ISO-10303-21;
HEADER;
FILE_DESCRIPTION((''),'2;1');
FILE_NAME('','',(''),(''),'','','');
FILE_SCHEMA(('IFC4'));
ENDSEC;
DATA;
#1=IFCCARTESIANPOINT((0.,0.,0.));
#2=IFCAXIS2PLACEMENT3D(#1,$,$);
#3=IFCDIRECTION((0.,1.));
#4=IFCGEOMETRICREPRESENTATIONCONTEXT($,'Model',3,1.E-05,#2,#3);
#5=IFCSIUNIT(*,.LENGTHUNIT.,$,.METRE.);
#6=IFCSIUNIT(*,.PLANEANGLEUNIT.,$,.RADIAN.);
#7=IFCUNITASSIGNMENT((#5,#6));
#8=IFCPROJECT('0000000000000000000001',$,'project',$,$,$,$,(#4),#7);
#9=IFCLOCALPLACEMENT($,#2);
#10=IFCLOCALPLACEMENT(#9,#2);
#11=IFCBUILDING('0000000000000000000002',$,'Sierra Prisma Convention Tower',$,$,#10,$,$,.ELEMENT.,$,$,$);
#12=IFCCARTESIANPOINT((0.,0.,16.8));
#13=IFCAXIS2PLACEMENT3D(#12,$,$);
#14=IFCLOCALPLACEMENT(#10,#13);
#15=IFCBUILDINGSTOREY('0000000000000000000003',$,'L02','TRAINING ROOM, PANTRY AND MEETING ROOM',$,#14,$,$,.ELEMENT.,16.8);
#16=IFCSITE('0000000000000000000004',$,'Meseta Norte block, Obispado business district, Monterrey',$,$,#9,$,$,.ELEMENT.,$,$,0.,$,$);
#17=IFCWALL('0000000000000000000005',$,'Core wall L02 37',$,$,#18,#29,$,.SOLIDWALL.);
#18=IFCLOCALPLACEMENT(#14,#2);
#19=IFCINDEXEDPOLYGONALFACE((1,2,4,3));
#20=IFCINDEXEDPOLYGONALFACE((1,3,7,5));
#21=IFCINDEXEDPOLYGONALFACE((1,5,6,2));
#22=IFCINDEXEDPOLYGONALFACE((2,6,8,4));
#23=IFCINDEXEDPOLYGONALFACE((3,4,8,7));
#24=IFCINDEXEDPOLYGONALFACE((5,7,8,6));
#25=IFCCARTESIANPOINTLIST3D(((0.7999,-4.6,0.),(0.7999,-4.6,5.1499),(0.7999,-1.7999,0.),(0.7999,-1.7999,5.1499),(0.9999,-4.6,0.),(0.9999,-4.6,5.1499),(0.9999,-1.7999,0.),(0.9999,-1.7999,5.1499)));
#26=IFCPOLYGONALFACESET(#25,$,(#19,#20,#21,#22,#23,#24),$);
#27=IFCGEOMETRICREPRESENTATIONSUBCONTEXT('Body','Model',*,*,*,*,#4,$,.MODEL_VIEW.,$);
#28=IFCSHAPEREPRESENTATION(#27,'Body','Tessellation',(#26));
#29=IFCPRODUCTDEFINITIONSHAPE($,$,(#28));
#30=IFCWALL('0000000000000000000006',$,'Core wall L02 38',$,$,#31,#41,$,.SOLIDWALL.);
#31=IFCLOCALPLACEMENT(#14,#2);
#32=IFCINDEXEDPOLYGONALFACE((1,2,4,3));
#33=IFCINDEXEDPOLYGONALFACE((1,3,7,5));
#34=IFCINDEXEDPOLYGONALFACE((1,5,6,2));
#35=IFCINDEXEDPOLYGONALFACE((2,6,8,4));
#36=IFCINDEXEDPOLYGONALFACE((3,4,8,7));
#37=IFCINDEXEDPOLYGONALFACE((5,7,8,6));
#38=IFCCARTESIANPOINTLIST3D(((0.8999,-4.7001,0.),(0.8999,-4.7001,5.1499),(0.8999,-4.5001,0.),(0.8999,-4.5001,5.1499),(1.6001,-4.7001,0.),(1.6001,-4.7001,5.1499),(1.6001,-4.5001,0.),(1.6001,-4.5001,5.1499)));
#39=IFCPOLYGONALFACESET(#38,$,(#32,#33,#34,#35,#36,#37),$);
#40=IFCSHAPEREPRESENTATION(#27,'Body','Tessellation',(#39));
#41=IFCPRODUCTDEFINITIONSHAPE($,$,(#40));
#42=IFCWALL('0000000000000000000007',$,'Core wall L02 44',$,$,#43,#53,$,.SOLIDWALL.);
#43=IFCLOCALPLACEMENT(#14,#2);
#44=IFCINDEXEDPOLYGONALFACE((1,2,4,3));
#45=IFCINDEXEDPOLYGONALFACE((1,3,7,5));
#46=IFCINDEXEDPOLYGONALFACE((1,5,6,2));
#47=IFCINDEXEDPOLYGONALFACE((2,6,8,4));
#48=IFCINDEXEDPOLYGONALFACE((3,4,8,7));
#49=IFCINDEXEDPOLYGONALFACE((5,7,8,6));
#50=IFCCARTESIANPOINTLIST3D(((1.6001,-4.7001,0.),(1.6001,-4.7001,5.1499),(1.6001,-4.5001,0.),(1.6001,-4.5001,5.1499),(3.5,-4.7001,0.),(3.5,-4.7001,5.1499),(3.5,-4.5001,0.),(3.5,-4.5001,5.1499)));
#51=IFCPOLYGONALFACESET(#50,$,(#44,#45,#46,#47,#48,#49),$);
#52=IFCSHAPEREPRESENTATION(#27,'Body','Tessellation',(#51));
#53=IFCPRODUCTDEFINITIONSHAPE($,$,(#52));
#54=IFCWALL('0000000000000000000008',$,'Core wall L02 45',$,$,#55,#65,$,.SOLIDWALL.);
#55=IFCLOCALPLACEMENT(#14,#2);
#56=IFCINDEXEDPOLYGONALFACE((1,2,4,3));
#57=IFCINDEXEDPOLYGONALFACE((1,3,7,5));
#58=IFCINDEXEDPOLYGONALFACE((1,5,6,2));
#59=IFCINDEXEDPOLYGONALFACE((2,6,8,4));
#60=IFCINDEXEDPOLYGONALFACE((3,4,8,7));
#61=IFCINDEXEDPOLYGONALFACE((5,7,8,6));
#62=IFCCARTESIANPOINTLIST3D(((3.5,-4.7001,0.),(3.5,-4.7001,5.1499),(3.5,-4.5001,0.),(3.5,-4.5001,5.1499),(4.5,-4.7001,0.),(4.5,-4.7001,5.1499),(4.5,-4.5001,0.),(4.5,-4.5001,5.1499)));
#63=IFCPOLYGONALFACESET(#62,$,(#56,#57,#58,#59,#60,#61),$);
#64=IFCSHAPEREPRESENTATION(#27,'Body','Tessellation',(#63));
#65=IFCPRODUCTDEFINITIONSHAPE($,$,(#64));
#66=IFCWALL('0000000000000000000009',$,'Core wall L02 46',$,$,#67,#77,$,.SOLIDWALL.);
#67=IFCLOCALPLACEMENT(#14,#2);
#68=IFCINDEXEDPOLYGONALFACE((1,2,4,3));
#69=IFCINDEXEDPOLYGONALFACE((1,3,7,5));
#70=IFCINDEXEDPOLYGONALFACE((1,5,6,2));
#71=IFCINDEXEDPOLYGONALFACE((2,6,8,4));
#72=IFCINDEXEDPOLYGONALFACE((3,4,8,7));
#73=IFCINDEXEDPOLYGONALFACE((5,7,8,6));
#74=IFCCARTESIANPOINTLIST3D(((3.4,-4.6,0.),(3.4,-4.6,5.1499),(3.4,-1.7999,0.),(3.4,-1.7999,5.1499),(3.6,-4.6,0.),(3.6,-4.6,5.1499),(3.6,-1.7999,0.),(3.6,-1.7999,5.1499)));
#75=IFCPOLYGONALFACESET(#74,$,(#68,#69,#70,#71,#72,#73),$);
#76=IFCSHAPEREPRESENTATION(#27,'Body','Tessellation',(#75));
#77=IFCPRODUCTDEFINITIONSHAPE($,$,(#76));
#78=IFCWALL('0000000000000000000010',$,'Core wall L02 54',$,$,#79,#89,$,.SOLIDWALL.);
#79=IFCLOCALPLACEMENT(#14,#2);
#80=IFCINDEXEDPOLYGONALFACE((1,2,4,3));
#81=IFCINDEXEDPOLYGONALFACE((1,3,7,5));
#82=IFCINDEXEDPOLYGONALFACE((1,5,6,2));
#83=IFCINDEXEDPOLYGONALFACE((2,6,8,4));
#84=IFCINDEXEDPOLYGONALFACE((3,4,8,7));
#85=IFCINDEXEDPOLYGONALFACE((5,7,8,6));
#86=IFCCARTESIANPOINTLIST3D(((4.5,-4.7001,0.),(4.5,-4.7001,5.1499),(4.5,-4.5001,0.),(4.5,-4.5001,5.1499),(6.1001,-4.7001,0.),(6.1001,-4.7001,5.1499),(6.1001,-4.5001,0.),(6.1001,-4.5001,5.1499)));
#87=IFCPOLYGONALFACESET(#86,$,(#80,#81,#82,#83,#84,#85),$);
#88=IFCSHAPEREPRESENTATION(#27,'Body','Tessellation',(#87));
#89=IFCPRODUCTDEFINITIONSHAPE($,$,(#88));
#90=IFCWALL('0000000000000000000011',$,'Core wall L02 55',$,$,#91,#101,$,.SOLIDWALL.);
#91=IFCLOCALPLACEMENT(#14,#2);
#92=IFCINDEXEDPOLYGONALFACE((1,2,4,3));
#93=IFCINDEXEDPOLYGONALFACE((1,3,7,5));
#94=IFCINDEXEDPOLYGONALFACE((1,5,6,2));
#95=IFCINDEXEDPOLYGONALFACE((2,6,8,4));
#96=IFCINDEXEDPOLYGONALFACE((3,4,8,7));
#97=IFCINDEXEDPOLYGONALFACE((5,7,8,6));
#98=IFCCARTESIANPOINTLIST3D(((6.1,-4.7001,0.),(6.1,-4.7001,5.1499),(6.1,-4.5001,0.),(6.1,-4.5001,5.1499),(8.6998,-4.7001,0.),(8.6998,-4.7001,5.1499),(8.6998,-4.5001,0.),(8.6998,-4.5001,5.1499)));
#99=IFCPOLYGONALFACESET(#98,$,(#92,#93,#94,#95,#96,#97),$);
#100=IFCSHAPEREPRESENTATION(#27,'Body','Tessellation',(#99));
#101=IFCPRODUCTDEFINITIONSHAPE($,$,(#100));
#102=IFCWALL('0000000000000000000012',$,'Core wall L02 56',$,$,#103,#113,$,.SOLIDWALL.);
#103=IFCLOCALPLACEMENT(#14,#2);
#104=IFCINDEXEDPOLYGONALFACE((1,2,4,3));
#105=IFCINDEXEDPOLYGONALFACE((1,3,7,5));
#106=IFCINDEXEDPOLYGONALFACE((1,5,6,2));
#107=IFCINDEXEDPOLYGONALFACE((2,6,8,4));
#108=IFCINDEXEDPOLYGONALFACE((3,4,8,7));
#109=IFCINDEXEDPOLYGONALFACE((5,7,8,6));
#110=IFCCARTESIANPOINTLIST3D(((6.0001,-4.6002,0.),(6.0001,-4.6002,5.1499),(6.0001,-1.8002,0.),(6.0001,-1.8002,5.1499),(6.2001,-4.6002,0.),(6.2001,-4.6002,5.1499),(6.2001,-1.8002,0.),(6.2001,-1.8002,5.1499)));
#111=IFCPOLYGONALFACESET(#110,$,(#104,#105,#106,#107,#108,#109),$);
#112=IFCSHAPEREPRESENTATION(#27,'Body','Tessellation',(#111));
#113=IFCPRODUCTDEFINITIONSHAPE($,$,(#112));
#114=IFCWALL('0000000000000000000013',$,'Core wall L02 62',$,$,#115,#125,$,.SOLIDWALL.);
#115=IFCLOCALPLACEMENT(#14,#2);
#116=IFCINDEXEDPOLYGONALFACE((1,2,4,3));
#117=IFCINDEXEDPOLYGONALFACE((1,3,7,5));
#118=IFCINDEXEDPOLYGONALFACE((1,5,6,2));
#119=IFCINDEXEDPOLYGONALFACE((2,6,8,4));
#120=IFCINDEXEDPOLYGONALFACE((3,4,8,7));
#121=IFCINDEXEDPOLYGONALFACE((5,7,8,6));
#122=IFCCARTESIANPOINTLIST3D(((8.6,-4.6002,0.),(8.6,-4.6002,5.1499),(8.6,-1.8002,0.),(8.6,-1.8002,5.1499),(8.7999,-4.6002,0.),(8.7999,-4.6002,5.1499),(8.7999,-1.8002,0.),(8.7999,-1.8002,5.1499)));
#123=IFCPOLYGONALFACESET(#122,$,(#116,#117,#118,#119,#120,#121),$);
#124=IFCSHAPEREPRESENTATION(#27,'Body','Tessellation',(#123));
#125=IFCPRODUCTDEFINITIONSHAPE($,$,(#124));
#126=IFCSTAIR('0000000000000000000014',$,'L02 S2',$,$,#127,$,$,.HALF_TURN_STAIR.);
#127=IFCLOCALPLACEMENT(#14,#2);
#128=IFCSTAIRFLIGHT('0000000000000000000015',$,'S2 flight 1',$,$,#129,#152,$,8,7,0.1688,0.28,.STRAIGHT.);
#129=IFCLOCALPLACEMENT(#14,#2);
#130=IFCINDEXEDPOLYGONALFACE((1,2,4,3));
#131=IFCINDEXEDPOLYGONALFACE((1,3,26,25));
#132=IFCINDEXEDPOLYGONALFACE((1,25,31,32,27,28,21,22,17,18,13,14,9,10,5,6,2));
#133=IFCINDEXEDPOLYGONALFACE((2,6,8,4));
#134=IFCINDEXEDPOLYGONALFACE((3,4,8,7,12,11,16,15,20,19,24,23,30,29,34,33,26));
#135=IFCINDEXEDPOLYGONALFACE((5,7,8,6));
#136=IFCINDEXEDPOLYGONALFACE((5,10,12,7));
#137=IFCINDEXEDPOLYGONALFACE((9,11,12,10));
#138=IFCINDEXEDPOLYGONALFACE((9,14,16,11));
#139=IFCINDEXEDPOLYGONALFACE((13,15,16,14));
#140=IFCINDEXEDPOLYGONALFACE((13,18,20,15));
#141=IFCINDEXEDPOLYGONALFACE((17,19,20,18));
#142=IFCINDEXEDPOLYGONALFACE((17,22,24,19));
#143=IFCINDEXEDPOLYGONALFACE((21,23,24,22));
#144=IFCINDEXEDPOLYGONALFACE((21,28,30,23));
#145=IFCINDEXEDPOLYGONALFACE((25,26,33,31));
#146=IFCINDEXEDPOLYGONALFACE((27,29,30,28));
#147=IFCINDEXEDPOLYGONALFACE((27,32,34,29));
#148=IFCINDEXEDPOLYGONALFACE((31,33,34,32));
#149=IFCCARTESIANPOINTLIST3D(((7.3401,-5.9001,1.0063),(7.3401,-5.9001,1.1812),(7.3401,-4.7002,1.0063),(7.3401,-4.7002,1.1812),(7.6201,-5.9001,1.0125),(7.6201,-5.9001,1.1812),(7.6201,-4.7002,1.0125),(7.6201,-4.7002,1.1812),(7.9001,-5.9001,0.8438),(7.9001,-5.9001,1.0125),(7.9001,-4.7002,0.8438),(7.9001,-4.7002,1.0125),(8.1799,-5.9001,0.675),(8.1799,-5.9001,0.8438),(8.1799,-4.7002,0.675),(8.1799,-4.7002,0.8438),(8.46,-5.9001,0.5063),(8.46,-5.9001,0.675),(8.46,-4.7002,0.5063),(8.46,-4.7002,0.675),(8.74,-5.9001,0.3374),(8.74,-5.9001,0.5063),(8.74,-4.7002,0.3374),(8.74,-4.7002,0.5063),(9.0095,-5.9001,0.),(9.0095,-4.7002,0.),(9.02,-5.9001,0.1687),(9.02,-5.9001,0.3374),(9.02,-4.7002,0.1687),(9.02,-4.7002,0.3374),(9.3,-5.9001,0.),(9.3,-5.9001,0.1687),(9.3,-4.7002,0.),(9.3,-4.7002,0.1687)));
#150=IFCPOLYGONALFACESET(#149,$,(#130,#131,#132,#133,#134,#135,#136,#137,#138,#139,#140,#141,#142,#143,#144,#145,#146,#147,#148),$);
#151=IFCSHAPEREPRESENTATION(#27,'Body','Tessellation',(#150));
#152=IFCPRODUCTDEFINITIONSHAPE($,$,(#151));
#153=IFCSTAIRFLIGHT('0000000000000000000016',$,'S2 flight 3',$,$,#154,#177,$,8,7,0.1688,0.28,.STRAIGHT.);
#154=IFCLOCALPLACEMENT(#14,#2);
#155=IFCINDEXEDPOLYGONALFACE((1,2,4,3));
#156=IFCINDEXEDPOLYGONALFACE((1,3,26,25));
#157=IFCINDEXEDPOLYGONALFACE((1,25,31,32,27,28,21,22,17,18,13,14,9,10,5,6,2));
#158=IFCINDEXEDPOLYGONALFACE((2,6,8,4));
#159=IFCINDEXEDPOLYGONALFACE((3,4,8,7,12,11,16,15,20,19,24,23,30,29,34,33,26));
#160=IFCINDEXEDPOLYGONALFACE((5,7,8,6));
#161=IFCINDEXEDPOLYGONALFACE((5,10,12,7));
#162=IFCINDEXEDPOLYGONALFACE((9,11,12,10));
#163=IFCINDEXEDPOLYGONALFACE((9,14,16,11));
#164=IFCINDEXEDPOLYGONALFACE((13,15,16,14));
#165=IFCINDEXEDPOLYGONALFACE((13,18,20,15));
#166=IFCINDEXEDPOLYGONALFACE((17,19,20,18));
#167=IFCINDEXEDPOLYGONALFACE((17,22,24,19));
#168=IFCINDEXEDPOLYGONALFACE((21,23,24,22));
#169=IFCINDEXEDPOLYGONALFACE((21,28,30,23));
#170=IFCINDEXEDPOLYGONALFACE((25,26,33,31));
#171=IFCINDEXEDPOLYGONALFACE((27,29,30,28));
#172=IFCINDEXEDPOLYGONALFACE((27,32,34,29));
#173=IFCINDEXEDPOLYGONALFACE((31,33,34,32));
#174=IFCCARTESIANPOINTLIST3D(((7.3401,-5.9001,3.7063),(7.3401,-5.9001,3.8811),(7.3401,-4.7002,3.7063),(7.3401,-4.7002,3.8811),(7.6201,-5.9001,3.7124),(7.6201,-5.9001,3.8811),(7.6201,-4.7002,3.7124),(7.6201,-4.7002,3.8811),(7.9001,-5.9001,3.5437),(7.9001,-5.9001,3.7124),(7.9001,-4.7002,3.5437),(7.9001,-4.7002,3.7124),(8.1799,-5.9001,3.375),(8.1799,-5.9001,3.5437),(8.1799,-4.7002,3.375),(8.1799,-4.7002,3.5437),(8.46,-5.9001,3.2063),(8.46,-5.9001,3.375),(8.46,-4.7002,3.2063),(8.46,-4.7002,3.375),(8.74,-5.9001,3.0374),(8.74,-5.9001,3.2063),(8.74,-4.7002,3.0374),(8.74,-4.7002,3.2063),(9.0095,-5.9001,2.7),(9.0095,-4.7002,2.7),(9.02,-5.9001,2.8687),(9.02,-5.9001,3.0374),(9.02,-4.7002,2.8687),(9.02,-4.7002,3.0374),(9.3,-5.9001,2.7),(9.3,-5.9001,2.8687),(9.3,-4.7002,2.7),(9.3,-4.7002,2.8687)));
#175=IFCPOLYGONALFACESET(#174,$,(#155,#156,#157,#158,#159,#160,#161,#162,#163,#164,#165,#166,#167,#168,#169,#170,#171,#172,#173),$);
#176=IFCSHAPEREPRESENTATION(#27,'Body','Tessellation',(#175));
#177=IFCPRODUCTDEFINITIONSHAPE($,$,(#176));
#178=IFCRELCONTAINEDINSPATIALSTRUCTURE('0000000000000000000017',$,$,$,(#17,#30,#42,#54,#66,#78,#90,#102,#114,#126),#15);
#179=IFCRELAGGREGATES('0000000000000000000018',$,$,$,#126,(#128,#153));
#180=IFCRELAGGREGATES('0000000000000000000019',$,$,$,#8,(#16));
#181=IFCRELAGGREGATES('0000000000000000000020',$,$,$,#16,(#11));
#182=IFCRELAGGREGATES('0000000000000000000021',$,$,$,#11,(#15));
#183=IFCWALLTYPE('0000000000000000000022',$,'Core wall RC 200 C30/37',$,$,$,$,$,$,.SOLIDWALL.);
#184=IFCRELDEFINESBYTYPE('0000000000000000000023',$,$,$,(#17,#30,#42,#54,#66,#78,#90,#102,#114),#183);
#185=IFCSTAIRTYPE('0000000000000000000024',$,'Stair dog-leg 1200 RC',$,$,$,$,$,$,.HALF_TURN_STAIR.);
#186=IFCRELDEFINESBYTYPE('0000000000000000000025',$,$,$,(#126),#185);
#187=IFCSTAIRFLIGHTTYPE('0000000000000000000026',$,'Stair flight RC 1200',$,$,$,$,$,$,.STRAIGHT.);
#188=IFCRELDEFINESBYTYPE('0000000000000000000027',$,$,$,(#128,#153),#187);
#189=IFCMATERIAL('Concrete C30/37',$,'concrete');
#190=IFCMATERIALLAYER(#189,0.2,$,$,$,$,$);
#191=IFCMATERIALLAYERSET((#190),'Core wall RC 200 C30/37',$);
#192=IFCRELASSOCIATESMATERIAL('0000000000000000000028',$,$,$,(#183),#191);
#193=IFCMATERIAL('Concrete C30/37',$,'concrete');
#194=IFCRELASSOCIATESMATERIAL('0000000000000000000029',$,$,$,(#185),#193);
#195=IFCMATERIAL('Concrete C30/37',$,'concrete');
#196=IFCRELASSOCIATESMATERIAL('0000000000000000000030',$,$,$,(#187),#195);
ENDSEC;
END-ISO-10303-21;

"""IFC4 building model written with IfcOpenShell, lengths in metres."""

from ifc_helpers import new_model, si_unit, direction, frame, frame_2d, origin, place, context, subcontext, project, spatial, polyline, rectangle, outline, extrude, material, layer, layer_set, type_object, element, aggregate, save


model = new_model("IFC4")

# Units and contexts
model_context = context("Model", 3, precision=1e-05, world=origin(), true_north=direction((0.0, 1.0)))
body_context = subcontext(model_context, "Body", "Model", "MODEL_VIEW")
ifc_project = project(units=[si_unit("LENGTHUNIT", "METRE"), si_unit("PLANEANGLEUNIT", "RADIAN")], contexts=[model_context])

# Site, building, storey
site_placement = place(None, origin())
site = spatial("IfcSite", under=ifc_project, at=site_placement, Name="Meseta Norte block, Obispado business district, Monterrey", CompositionType="ELEMENT", RefElevation=0.0)
building_placement = place(site_placement, origin())
building = spatial("IfcBuilding", under=site, at=building_placement, Name="Sierra Prisma Convention Tower", CompositionType="ELEMENT")
storey_placement = place(building_placement, frame((0.0, 0.0, 16.8)))
storey = spatial("IfcBuildingStorey", under=building, at=storey_placement, Name="L02", Description="TRAINING ROOM, PANTRY AND MEETING ROOM", CompositionType="ELEMENT", Elevation=16.8)

# Shared definitions
ifc_material_1 = material(Name="Concrete C30/37", Category="concrete")
ifc_layer = layer(ifc_material_1, 0.2)
ifc_layer_set = layer_set([ifc_layer], Name="Core wall RC 200 C30/37")
wall_type = type_object("IfcWallType", Name="Core wall RC 200 C30/37", PredefinedType="SOLIDWALL", material=ifc_layer_set)

# Walls
wall_1_placement = place(storey_placement, frame((0.8999, -1.8, 0.0), z_axis=(0.0, 0.0, 1.0), x_axis=(0.0, -1.0, 0.0)))
element("IfcWall", 1, at=wall_1_placement, inside=storey, type_object=wall_type, Name="Core wall L02 37", PredefinedType="SOLIDWALL", context=body_context, shape_type="SweptSolid", body=[
    extrude(rectangle(XDim=2.8, YDim=0.2, at=frame_2d((1.3999, 0.0))), origin(), (0.0, 0.0, 1.0), 5.1499),
])
wall_2_placement = place(storey_placement, frame((0.8999, -4.6001, 0.0), z_axis=(0.0, 0.0, 1.0), x_axis=(1.0, 0.0, 0.0)))
element("IfcWall", 2, at=wall_2_placement, inside=storey, type_object=wall_type, Name="Core wall L02 38", PredefinedType="SOLIDWALL", context=body_context, shape_type="SweptSolid", body=[
    extrude(rectangle(XDim=0.7002, YDim=0.2, at=frame_2d((0.3501, 0.0))), origin(), (0.0, 0.0, 1.0), 5.1499),
])

# Walls
wall_3_placement = place(storey_placement, frame((3.5, -4.6001, 0.0), z_axis=(0.0, 0.0, 1.0), x_axis=(-1.0, 0.0, 0.0)))
element("IfcWall", 3, at=wall_3_placement, inside=storey, type_object=wall_type, Name="Core wall L02 44", PredefinedType="SOLIDWALL", context=body_context, shape_type="SweptSolid", body=[
    extrude(rectangle(XDim=1.8999, YDim=0.2, at=frame_2d((0.95, 0.0))), origin(), (0.0, 0.0, 1.0), 5.1499),
])
wall_4_placement = place(storey_placement, frame((3.5, -4.6001, 0.0), z_axis=(0.0, 0.0, 1.0), x_axis=(1.0, 0.0, 0.0)))
element("IfcWall", 4, at=wall_4_placement, inside=storey, type_object=wall_type, Name="Core wall L02 45", PredefinedType="SOLIDWALL", context=body_context, shape_type="SweptSolid", body=[
    extrude(rectangle(XDim=1.0, YDim=0.2, at=frame_2d((0.5, 0.0))), origin(), (0.0, 0.0, 1.0), 5.1499),
])
wall_5_placement = place(storey_placement, frame((3.5, -1.8, 0.0), z_axis=(0.0, 0.0, 1.0), x_axis=(0.0, -1.0, 0.0)))
element("IfcWall", 5, at=wall_5_placement, inside=storey, type_object=wall_type, Name="Core wall L02 46", PredefinedType="SOLIDWALL", context=body_context, shape_type="SweptSolid", body=[
    extrude(rectangle(XDim=2.8, YDim=0.2, at=frame_2d((1.3999, 0.0))), origin(), (0.0, 0.0, 1.0), 5.1499),
])

# Walls
wall_6_placement = place(storey_placement, frame((4.5, -4.6001, 0.0), z_axis=(0.0, 0.0, 1.0), x_axis=(1.0, 0.0, 0.0)))
element("IfcWall", 6, at=wall_6_placement, inside=storey, type_object=wall_type, Name="Core wall L02 54", PredefinedType="SOLIDWALL", context=body_context, shape_type="SweptSolid", body=[
    extrude(rectangle(XDim=1.6001, YDim=0.2, at=frame_2d((0.8, 0.0))), origin(), (0.0, 0.0, 1.0), 5.1499),
])
wall_7_placement = place(storey_placement, frame((6.1001, -4.6001, 0.0), z_axis=(0.0, 0.0, 1.0), x_axis=(1.0, 0.0, 0.0)))
element("IfcWall", 7, at=wall_7_placement, inside=storey, type_object=wall_type, Name="Core wall L02 55", PredefinedType="SOLIDWALL", context=body_context, shape_type="SweptSolid", body=[
    extrude(rectangle(XDim=2.5999, YDim=0.2, at=frame_2d((1.2998, 0.0))), origin(), (0.0, 0.0, 1.0), 5.1499),
])
wall_8_placement = place(storey_placement, frame((6.1001, -4.6001, 0.0), z_axis=(0.0, 0.0, 1.0), x_axis=(0.0, 1.0, 0.0)))
element("IfcWall", 8, at=wall_8_placement, inside=storey, type_object=wall_type, Name="Core wall L02 56", PredefinedType="SOLIDWALL", context=body_context, shape_type="SweptSolid", body=[
    extrude(rectangle(XDim=2.8, YDim=0.2, at=frame_2d((1.3999, 0.0))), origin(), (0.0, 0.0, 1.0), 5.1499),
])

# Wall
wall_9_placement = place(storey_placement, frame((8.7, -4.6001, 0.0), z_axis=(0.0, 0.0, 1.0), x_axis=(0.0, 1.0, 0.0)))
element("IfcWall", 9, at=wall_9_placement, inside=storey, type_object=wall_type, Name="Core wall L02 62", PredefinedType="SOLIDWALL", context=body_context, shape_type="SweptSolid", body=[
    extrude(rectangle(XDim=2.8, YDim=0.2, at=frame_2d((1.3999, 0.0))), origin(), (0.0, 0.0, 1.0), 5.1499),
])

# Stair, stair flights
ifc_material_2 = material(Name="Concrete C30/37", Category="concrete")
stair_type = type_object("IfcStairType", Name="Stair dog-leg 1200 RC", PredefinedType="HALF_TURN_STAIR", material=ifc_material_2)
stair_placement = place(storey_placement, origin())
stair = element("IfcStair", 10, at=stair_placement, inside=storey, type_object=stair_type, Name="L02 S2", PredefinedType="HALF_TURN_STAIR")
ifc_material_3 = material(Name="Concrete C30/37", Category="concrete")
stair_flight_type = type_object("IfcStairFlightType", Name="Stair flight RC 1200", PredefinedType="STRAIGHT", material=ifc_material_3)
stair_flight_1_placement = place(storey_placement, frame((9.3, -5.3, 0.0), z_axis=(0.0, 0.0, 1.0), x_axis=(-1.0, 0.0, 0.0)))
stair_flight_1 = element("IfcStairFlight", 11, at=stair_flight_1_placement, type_object=stair_flight_type, Name="S2 flight 1", NumberOfRisers=8, NumberOfTreads=7, PredefinedType="STRAIGHT", RiserHeight=0.1688, TreadLength=0.28, context=body_context, shape_type="SweptSolid", body=[
    extrude(outline(polyline([(0.0, 0.0), (0.0, 0.1687), (0.28, 0.1687), (0.28, 0.3374), (0.5601, 0.3374), (0.5601, 0.5063), (0.8401, 0.5063), (0.8401, 0.675), (1.1201, 0.675), (1.1201, 0.8438), (1.3999, 0.8438), (1.3999, 1.0125), (1.6799, 1.0125), (1.6799, 1.1812), (1.96, 1.1812), (1.96, 1.3501), (1.96, 1.0063), (0.2905, 0.0), (0.0, 0.0)])), frame((0.0, 0.6001, 0.0), z_axis=(0.0, -1.0, 0.0), x_axis=(1.0, 0.0, 0.0)), (0.0, 0.0, 1.0), 1.2),
])
stair_flight_2_placement = place(storey_placement, frame((9.3, -5.3, 2.7), z_axis=(0.0, 0.0, 1.0), x_axis=(-1.0, 0.0, 0.0)))
stair_flight_2 = element("IfcStairFlight", 12, at=stair_flight_2_placement, type_object=stair_flight_type, Name="S2 flight 3", NumberOfRisers=8, NumberOfTreads=7, PredefinedType="STRAIGHT", RiserHeight=0.1688, TreadLength=0.28, context=body_context, shape_type="SweptSolid", body=[
    extrude(outline(polyline([(0.0, 0.0), (0.0, 0.1687), (0.28, 0.1687), (0.28, 0.3374), (0.5601, 0.3374), (0.5601, 0.5063), (0.8401, 0.5063), (0.8401, 0.675), (1.1201, 0.675), (1.1201, 0.8438), (1.3999, 0.8438), (1.3999, 1.0125), (1.6799, 1.0125), (1.6799, 1.1812), (1.96, 1.1812), (1.96, 1.3501), (1.96, 1.0063), (0.2905, 0.0), (0.0, 0.0)])), frame((0.0, 0.6001, 0.0), z_axis=(0.0, -1.0, 0.0), x_axis=(1.0, 0.0, 0.0)), (0.0, 0.0, 1.0), 1.2),
])
aggregate(stair, [stair_flight_1, stair_flight_2])

save(model, "model.ifc")
